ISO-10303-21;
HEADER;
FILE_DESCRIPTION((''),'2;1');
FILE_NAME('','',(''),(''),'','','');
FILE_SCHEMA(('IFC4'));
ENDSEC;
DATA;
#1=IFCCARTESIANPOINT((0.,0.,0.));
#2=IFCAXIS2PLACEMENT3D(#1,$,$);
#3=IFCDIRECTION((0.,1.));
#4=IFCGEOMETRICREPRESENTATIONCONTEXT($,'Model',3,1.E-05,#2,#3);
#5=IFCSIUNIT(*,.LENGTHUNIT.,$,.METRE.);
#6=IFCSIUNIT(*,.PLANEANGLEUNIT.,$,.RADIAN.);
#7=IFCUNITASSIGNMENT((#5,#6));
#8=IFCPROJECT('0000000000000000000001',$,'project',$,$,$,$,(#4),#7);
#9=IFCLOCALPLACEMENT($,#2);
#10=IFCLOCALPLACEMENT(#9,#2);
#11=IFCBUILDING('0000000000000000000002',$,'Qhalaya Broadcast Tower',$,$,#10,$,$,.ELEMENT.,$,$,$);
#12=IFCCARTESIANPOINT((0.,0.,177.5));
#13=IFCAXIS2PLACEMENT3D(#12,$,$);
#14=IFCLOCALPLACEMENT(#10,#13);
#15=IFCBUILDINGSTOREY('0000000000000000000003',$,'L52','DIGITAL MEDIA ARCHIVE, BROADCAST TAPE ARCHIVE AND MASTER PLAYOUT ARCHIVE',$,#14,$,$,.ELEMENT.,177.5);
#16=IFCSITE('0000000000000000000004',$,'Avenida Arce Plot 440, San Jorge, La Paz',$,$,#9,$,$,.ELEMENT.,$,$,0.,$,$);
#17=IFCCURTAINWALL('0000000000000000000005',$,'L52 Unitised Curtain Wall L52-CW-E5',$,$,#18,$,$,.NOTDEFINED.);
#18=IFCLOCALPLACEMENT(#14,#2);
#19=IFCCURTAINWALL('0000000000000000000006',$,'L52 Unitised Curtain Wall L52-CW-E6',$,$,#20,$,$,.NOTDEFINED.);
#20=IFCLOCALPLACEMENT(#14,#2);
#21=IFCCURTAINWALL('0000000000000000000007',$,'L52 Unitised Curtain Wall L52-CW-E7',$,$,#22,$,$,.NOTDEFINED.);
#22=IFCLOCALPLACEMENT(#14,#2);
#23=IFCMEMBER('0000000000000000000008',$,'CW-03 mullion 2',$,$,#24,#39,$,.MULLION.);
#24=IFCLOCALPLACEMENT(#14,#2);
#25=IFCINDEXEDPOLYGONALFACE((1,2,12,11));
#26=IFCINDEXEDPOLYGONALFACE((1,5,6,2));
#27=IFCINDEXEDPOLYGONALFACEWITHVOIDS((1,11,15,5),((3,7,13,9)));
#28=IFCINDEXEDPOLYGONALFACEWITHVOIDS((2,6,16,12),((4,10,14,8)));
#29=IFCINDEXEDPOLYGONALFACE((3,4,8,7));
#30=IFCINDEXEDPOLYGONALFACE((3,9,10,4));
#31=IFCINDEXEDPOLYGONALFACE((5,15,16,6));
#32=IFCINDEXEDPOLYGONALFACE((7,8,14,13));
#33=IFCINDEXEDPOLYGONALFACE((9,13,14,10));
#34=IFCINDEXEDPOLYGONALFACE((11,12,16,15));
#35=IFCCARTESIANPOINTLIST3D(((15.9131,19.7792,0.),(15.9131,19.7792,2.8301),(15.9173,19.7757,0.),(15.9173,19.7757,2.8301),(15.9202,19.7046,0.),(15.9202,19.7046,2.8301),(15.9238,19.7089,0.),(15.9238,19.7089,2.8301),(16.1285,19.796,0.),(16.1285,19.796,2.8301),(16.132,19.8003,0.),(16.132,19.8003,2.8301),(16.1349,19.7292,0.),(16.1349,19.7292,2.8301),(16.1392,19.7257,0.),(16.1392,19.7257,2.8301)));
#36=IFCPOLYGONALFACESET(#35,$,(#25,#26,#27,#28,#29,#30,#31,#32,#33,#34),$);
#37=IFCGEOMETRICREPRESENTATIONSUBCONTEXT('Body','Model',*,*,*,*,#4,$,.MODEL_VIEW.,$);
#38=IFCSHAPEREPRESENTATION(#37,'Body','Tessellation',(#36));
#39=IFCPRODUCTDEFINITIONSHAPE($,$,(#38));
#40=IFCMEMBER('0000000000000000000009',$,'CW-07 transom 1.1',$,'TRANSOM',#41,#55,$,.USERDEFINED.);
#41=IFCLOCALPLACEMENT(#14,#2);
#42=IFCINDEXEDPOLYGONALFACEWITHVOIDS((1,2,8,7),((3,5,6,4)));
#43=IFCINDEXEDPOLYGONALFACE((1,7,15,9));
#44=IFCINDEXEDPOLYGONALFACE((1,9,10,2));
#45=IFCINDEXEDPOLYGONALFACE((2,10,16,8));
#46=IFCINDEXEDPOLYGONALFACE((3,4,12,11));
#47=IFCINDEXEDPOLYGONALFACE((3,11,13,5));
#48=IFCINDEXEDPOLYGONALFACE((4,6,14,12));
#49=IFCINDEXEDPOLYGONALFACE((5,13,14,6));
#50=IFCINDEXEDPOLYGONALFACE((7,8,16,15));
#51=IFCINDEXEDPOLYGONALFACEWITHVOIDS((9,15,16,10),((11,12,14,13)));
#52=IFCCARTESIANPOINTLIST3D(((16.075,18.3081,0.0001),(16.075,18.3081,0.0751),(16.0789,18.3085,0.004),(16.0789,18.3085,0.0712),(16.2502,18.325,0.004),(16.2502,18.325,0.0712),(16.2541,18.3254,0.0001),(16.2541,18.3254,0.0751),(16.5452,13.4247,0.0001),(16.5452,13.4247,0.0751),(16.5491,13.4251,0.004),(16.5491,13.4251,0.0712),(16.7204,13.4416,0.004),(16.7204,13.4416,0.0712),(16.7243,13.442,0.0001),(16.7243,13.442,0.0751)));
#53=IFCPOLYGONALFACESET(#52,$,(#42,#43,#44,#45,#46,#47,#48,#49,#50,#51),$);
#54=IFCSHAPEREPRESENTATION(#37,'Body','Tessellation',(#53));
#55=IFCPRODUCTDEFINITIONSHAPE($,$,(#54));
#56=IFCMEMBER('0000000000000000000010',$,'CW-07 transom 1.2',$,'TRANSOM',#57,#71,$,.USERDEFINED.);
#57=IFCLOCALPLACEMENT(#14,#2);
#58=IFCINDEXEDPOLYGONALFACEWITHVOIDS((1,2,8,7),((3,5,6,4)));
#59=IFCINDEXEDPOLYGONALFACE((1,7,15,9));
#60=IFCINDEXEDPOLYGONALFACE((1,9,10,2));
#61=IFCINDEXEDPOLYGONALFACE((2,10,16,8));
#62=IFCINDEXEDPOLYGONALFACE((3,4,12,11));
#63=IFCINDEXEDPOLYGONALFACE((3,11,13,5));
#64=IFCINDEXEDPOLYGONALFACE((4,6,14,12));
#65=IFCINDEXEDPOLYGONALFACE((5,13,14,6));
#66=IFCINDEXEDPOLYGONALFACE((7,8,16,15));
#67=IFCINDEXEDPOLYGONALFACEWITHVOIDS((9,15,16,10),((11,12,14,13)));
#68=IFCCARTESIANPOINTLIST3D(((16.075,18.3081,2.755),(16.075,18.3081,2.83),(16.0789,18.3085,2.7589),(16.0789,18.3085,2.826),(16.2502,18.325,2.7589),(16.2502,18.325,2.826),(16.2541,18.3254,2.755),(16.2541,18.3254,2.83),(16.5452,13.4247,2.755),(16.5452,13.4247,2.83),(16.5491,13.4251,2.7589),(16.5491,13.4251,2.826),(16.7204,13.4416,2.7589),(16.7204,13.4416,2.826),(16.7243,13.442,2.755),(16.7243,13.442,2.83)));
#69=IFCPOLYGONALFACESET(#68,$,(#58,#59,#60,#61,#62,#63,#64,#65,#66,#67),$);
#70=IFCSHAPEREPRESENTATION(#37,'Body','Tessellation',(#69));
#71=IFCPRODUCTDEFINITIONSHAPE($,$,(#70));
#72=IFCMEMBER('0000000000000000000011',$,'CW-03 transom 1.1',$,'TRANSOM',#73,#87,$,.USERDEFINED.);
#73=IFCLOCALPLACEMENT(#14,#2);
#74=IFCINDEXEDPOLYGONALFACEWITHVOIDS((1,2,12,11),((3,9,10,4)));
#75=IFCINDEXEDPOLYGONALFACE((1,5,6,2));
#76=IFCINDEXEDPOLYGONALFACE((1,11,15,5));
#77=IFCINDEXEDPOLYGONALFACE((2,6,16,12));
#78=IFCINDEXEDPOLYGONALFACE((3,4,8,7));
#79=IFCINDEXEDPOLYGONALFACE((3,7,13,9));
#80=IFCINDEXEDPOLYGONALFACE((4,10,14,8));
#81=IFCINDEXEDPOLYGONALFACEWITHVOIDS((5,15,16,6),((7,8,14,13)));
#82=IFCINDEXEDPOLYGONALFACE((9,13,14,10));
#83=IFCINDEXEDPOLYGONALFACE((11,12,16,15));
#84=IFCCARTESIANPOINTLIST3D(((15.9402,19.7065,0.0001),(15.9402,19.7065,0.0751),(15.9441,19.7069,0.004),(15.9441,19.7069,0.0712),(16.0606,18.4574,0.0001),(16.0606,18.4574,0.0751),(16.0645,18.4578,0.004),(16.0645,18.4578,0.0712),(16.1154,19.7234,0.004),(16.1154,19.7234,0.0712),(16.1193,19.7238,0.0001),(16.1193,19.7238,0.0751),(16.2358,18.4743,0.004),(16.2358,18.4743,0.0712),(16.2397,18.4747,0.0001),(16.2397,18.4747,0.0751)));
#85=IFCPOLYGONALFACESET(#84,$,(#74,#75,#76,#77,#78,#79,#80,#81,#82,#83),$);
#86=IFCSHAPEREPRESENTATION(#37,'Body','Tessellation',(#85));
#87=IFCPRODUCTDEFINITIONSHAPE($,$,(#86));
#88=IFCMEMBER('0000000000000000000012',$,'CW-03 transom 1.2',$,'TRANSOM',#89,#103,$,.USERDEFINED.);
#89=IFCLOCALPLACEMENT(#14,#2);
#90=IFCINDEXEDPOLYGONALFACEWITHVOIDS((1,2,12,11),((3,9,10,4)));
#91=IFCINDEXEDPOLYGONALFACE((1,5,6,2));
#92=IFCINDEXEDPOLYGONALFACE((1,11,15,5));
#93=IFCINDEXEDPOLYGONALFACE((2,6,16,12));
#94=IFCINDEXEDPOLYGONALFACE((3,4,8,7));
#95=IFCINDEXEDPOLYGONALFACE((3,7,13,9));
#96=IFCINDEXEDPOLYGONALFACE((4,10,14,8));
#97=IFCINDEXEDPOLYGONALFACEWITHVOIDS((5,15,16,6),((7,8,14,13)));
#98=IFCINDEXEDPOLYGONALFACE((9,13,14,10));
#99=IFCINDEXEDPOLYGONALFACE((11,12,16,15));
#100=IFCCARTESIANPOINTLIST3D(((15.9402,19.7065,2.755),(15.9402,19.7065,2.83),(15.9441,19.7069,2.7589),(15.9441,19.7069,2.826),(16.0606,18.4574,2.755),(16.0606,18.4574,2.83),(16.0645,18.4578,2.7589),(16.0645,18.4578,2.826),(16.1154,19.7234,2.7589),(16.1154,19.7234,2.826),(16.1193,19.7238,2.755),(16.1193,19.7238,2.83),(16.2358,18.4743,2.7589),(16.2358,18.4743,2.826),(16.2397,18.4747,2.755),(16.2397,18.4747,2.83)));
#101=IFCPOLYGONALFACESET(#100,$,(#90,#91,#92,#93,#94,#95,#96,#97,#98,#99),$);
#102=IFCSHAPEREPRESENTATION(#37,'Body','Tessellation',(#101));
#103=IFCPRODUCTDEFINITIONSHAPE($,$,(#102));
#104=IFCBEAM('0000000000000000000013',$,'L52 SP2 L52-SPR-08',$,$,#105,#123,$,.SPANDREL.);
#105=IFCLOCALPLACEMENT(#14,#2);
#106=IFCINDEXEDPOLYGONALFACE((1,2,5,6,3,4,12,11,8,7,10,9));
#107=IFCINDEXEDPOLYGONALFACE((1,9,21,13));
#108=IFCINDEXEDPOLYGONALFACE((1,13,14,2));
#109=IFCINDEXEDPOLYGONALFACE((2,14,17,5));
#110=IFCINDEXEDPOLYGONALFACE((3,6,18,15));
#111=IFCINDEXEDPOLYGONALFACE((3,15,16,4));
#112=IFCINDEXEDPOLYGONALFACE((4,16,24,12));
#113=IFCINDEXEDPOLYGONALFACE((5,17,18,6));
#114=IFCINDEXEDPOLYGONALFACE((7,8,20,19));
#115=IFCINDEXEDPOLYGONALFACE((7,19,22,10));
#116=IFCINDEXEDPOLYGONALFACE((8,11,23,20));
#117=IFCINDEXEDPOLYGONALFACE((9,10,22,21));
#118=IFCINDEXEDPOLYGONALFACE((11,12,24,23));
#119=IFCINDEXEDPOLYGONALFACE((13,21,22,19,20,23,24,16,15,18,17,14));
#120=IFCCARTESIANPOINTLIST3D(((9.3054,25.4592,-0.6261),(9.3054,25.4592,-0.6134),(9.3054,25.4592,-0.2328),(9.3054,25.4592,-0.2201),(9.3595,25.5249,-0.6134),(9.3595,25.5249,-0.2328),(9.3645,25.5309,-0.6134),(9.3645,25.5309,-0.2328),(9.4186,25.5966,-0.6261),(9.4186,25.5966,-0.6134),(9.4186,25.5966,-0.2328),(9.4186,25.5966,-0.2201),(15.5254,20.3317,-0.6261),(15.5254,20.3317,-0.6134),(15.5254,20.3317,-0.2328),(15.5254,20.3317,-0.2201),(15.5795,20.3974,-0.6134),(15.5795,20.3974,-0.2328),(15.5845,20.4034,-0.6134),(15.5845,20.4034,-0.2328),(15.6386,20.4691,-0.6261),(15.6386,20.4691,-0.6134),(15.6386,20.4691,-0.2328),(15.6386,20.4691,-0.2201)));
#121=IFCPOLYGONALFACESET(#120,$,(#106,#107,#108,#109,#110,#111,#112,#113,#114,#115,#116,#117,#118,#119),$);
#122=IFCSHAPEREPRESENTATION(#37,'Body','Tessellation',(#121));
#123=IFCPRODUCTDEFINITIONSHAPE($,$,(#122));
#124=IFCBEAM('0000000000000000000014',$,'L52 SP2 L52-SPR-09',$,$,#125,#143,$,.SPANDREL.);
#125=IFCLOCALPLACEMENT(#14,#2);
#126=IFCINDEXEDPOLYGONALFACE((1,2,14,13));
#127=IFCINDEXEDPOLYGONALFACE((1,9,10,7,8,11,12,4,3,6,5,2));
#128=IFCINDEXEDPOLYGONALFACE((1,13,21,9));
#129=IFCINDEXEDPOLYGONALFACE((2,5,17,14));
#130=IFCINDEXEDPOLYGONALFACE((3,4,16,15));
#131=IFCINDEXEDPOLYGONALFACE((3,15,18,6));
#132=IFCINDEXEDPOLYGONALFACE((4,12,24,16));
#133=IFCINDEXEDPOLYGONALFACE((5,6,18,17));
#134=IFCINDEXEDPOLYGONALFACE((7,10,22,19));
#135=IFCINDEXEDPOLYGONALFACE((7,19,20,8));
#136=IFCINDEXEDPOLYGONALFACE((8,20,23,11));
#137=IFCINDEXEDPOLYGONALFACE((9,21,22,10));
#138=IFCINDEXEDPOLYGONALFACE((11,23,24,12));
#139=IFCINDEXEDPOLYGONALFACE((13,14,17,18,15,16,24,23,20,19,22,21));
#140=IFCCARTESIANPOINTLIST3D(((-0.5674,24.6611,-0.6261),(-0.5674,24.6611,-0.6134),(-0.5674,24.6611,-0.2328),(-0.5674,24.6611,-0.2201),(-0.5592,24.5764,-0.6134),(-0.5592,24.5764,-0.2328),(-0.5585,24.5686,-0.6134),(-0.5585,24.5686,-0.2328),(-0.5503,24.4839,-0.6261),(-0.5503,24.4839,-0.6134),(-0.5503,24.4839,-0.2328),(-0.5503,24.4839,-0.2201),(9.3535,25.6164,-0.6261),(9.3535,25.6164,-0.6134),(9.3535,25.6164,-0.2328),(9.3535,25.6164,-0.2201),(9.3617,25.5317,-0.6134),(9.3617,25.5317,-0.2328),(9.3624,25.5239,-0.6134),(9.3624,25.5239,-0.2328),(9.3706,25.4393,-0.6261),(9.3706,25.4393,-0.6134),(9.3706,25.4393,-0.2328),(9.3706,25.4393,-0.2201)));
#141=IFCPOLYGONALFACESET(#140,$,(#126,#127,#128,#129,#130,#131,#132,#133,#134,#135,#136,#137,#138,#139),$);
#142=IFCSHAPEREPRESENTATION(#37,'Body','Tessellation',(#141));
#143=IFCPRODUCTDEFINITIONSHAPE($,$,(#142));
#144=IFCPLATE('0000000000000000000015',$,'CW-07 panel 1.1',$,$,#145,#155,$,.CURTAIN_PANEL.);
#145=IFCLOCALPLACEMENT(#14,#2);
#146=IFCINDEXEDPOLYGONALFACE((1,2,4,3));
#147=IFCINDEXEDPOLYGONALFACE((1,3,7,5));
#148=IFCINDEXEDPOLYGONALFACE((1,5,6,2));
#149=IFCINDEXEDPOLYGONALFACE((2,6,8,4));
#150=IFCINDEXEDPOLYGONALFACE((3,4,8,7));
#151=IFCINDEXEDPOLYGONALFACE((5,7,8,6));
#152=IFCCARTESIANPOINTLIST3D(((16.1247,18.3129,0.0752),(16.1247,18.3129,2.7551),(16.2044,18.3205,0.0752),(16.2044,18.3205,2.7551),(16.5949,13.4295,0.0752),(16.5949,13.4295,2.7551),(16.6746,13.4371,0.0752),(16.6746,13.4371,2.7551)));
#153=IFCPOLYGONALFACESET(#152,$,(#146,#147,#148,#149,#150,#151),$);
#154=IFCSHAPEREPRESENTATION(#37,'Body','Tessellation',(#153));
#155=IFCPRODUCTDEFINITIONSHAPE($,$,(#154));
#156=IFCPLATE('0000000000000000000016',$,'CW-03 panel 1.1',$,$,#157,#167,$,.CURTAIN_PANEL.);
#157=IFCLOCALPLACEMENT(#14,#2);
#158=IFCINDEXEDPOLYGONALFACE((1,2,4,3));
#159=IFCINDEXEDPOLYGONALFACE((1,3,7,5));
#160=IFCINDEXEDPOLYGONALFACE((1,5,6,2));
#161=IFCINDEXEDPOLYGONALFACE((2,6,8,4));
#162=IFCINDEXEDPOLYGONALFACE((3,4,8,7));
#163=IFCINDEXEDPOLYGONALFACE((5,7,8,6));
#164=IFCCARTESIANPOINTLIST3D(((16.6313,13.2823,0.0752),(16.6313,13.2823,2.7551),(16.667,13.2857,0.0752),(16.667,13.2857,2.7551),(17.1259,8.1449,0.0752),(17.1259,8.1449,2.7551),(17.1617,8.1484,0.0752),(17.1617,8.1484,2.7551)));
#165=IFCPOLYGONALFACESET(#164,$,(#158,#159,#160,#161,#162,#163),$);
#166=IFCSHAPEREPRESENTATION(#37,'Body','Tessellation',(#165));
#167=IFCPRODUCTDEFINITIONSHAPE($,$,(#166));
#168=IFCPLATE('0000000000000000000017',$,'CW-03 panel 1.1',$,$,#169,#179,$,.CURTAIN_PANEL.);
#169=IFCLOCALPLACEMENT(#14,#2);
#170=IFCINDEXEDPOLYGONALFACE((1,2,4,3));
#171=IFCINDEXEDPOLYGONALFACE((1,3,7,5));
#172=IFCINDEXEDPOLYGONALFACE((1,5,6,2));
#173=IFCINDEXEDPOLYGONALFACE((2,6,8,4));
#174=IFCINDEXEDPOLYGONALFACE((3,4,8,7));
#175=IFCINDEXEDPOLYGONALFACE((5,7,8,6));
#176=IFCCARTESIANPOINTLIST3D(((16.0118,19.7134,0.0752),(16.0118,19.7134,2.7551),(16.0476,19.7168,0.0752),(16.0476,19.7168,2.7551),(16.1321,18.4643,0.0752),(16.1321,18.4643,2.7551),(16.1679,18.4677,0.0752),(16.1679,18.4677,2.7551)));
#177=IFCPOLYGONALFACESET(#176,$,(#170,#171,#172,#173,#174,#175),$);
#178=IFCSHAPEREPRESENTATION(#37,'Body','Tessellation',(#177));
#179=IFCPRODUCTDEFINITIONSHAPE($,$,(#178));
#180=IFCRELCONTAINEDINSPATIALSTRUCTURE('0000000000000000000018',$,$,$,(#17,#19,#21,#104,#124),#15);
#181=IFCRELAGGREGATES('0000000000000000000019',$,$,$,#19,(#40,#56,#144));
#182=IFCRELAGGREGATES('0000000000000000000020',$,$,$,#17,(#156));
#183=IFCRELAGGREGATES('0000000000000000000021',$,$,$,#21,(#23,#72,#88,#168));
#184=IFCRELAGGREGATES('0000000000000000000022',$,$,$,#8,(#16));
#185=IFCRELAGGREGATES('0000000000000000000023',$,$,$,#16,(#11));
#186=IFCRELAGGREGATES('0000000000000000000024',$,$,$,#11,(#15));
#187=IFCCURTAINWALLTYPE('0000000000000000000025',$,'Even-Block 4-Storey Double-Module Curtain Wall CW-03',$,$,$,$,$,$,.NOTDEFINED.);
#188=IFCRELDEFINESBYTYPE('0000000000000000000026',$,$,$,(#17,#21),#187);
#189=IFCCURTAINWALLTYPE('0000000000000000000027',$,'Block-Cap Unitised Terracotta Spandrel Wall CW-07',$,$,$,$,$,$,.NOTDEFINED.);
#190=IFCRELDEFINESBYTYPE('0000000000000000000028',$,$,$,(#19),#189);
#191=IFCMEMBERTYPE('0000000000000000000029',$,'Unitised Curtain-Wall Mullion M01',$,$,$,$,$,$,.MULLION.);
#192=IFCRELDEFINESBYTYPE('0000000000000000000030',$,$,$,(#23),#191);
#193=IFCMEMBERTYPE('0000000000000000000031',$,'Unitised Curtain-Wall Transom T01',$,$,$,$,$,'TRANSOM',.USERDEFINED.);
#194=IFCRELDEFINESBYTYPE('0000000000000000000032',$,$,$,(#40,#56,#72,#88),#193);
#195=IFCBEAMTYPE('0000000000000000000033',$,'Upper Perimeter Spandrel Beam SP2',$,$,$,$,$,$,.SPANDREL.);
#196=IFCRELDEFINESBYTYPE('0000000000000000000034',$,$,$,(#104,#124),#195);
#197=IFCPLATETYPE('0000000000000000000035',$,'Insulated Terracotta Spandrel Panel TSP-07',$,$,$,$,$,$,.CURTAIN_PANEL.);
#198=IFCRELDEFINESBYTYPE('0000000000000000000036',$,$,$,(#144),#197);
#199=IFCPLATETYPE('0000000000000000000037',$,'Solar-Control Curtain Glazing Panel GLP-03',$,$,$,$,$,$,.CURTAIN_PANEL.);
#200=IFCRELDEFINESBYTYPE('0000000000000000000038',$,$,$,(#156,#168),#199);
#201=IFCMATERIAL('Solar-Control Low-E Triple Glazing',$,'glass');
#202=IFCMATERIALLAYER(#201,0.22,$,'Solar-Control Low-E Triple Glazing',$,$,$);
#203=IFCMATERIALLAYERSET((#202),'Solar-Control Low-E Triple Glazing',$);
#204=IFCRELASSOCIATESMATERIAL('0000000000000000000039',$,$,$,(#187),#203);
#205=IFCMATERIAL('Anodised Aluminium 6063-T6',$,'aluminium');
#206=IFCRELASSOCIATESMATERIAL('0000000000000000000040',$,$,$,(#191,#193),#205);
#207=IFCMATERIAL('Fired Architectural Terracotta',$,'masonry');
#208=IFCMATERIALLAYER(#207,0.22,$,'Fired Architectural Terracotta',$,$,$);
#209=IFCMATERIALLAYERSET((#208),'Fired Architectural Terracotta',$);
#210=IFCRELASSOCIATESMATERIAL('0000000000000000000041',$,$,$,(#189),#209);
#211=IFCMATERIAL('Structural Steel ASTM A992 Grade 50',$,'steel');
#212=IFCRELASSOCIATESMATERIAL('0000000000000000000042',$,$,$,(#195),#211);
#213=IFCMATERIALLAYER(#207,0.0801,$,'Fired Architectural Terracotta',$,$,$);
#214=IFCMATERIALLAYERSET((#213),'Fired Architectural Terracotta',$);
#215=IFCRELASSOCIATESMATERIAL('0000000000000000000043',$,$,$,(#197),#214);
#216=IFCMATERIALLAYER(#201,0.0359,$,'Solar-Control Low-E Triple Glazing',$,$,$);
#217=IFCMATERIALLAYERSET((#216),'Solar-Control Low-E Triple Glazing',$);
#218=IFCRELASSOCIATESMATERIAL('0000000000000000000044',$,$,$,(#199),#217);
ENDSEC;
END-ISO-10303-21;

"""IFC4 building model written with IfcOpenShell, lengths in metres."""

from ifc_helpers import new_model, si_unit, direction, frame, origin, origin_2d, place, context, subcontext, project, spatial, rectangle, hollow_rectangle, i_section, extrude, material, layer, layer_set, material_profile, profile_set, type_object, element, aggregate, save


model = new_model("IFC4")

# Units and contexts
model_context = context("Model", 3, precision=1e-05, world=origin(), true_north=direction((0.0, 1.0)))
body_context = subcontext(model_context, "Body", "Model", "MODEL_VIEW")
ifc_project = project(units=[si_unit("LENGTHUNIT", "METRE"), si_unit("PLANEANGLEUNIT", "RADIAN")], contexts=[model_context])

# Site, building, storey
site_placement = place(None, origin())
site = spatial("IfcSite", under=ifc_project, at=site_placement, Name="Avenida Arce Plot 440, San Jorge, La Paz", CompositionType="ELEMENT", RefElevation=0.0)
building_placement = place(site_placement, origin())
building = spatial("IfcBuilding", under=site, at=building_placement, Name="Qhalaya Broadcast Tower", CompositionType="ELEMENT")
storey_placement = place(building_placement, frame((0.0, 0.0, 177.5)))
storey = spatial("IfcBuildingStorey", under=building, at=storey_placement, Name="L52", Description="DIGITAL MEDIA ARCHIVE, BROADCAST TAPE ARCHIVE AND MASTER PLAYOUT ARCHIVE", CompositionType="ELEMENT", Elevation=177.5)

# Shared definitions
ifc_material_1 = material(Name="Structural Steel ASTM A992 Grade 50", Category="steel")

# Shared definitions
ifc_material_2 = material(Name="Fired Architectural Terracotta", Category="masonry")

# Curtain wall
ifc_material_3 = material(Name="Solar-Control Low-E Triple Glazing", Category="glass")
ifc_layer_1 = layer(ifc_material_3, 0.22, Name="Solar-Control Low-E Triple Glazing")
ifc_layer_set_1 = layer_set([ifc_layer_1], Name="Solar-Control Low-E Triple Glazing")
curtain_wall_type_1 = type_object("IfcCurtainWallType", Name="Even-Block 4-Storey Double-Module Curtain Wall CW-03", PredefinedType="NOTDEFINED", material=ifc_layer_set_1)
curtain_wall_1_placement = place(storey_placement, origin())
curtain_wall_1 = element("IfcCurtainWall", 1, at=curtain_wall_1_placement, inside=storey, type_object=curtain_wall_type_1, Name="L52 Unitised Curtain Wall L52-CW-E5", PredefinedType="NOTDEFINED")
ifc_material_4 = material(Name="Anodised Aluminium 6063-T6", Category="aluminium")
ifc_material_profile_1 = material_profile(ifc_material_4, hollow_rectangle(XDim=0.075, YDim=0.22, WallThickness=0.0039, at=origin_2d()), Name="ALU-MUL 75x220x4")
ifc_profile_set_1 = profile_set([ifc_material_profile_1], Name="Anodised Aluminium 6063-T6")
member_type_1 = type_object("IfcMemberType", Name="Unitised Curtain-Wall Mullion M01", PredefinedType="MULLION", material=ifc_profile_set_1)

# Curtain walls, member
ifc_layer_2 = layer(ifc_material_2, 0.22, Name="Fired Architectural Terracotta")
ifc_layer_set_2 = layer_set([ifc_layer_2], Name="Fired Architectural Terracotta")
curtain_wall_type_2 = type_object("IfcCurtainWallType", Name="Block-Cap Unitised Terracotta Spandrel Wall CW-07", PredefinedType="NOTDEFINED", material=ifc_layer_set_2)
curtain_wall_2_placement = place(storey_placement, origin())
curtain_wall_2 = element("IfcCurtainWall", 2, at=curtain_wall_2_placement, inside=storey, type_object=curtain_wall_type_2, Name="L52 Unitised Curtain Wall L52-CW-E6", PredefinedType="NOTDEFINED")
curtain_wall_3_placement = place(storey_placement, origin())
curtain_wall_3 = element("IfcCurtainWall", 3, at=curtain_wall_3_placement, inside=storey, type_object=curtain_wall_type_1, Name="L52 Unitised Curtain Wall L52-CW-E7", PredefinedType="NOTDEFINED")
member_1_placement = place(storey_placement, frame((16.0261, 19.7524, 0.0), z_axis=(0.0, 0.0, 1.0), x_axis=(-0.095874, 0.995393, 0.0)))
member_1 = element("IfcMember", 4, at=member_1_placement, type_object=member_type_1, Name="CW-03 mullion 2", PredefinedType="MULLION", context=body_context, shape_type="SweptSolid", body=[
    extrude(hollow_rectangle(XDim=0.075, YDim=0.22, WallThickness=0.0039, at=origin_2d()), origin(), (0.0, 0.0, 1.0), 2.8301),
])

# Members
ifc_material_profile_2 = material_profile(ifc_material_4, hollow_rectangle(XDim=0.075, YDim=0.1799, WallThickness=0.0039, at=origin_2d()), Name="ALU-TRN 75x180x4")
ifc_profile_set_2 = profile_set([ifc_material_profile_2], Name="Anodised Aluminium 6063-T6")
member_type_2 = type_object("IfcMemberType", Name="Unitised Curtain-Wall Transom T01", ElementType="TRANSOM", PredefinedType="USERDEFINED", material=ifc_profile_set_2)
member_2_placement = place(storey_placement, frame((16.6348, 13.4333, 0.0376), z_axis=(-0.095847, 0.995396, 0.0), x_axis=(0.0, 0.0, 1.0)))
member_2 = element("IfcMember", 5, at=member_2_placement, type_object=member_type_2, Name="CW-07 transom 1.1", ObjectType="TRANSOM", PredefinedType="USERDEFINED", context=body_context, shape_type="SweptSolid", body=[
    extrude(hollow_rectangle(XDim=0.075, YDim=0.1799, WallThickness=0.0039, at=origin_2d()), origin(), (0.0, 0.0, 1.0), 4.906),
])
member_3_placement = place(storey_placement, frame((16.6348, 13.4333, 2.7925), z_axis=(-0.095847, 0.995396, 0.0), x_axis=(0.0, 0.0, 1.0)))
member_3 = element("IfcMember", 6, at=member_3_placement, type_object=member_type_2, Name="CW-07 transom 1.2", ObjectType="TRANSOM", PredefinedType="USERDEFINED", context=body_context, shape_type="SweptSolid", body=[
    extrude(hollow_rectangle(XDim=0.075, YDim=0.1799, WallThickness=0.0039, at=origin_2d()), origin(), (0.0, 0.0, 1.0), 4.906),
])
member_4_placement = place(storey_placement, frame((16.1501, 18.4661, 0.0376), z_axis=(-0.09592, 0.995389, 0.0), x_axis=(0.0, 0.0, 1.0)))
member_4 = element("IfcMember", 7, at=member_4_placement, type_object=member_type_2, Name="CW-03 transom 1.1", ObjectType="TRANSOM", PredefinedType="USERDEFINED", context=body_context, shape_type="SweptSolid", body=[
    extrude(hollow_rectangle(XDim=0.075, YDim=0.1799, WallThickness=0.0039, at=origin_2d()), origin(), (0.0, 0.0, 1.0), 1.2549),
])
member_5_placement = place(storey_placement, frame((16.1501, 18.4661, 2.7925), z_axis=(-0.09592, 0.995389, 0.0), x_axis=(0.0, 0.0, 1.0)))
member_5 = element("IfcMember", 8, at=member_5_placement, type_object=member_type_2, Name="CW-03 transom 1.2", ObjectType="TRANSOM", PredefinedType="USERDEFINED", context=body_context, shape_type="SweptSolid", body=[
    extrude(hollow_rectangle(XDim=0.075, YDim=0.1799, WallThickness=0.0039, at=origin_2d()), origin(), (0.0, 0.0, 1.0), 1.2549),
])

# Beams
ifc_material_profile_3 = material_profile(ifc_material_1, i_section(OverallWidth=0.178, OverallDepth=0.406, WebThickness=0.0078, FlangeThickness=0.0127, at=origin_2d()), Name="W16X40")
ifc_profile_set_3 = profile_set([ifc_material_profile_3], Name="Structural Steel ASTM A992 Grade 50")
beam_type_1 = type_object("IfcBeamType", Name="Upper Perimeter Spandrel Beam SP2", PredefinedType="SPANDREL", material=ifc_profile_set_3)
beam_1_placement = place(storey_placement, frame((15.582, 20.4004, -0.4231), z_axis=(-0.771619, 0.636085, 0.0), x_axis=(-0.636085, -0.771619, 0.0)))
element("IfcBeam", 9, at=beam_1_placement, inside=storey, type_object=beam_type_1, Name="L52 SP2 L52-SPR-08", PredefinedType="SPANDREL", context=body_context, shape_type="SweptSolid", body=[
    extrude(i_section(OverallWidth=0.178, OverallDepth=0.406, WebThickness=0.0078, FlangeThickness=0.0127, at=origin_2d()), origin(), (0.0, 0.0, 1.0), 8.061),
])
beam_2_placement = place(storey_placement, frame((9.3621, 25.5278, -0.4231), z_axis=(-0.995396, -0.095851, 0.0), x_axis=(0.095851, -0.995396, 0.0)))
element("IfcBeam", 10, at=beam_2_placement, inside=storey, type_object=beam_type_1, Name="L52 SP2 L52-SPR-09", PredefinedType="SPANDREL", context=body_context, shape_type="SweptSolid", body=[
    extrude(i_section(OverallWidth=0.178, OverallDepth=0.406, WebThickness=0.0078, FlangeThickness=0.0127, at=origin_2d()), origin(), (0.0, 0.0, 1.0), 9.9668),
])

# Plates
ifc_layer_3 = layer(ifc_material_2, 0.0801, Name="Fired Architectural Terracotta")
ifc_layer_set_3 = layer_set([ifc_layer_3], Name="Fired Architectural Terracotta")
plate_type_1 = type_object("IfcPlateType", Name="Insulated Terracotta Spandrel Panel TSP-07", PredefinedType="CURTAIN_PANEL", material=ifc_layer_set_3)
plate_1_placement = place(storey_placement, frame((16.3997, 15.875, 0.0752), z_axis=(0.0, 0.0, 1.0), x_axis=(-0.095847, 0.995396, 0.0)))
plate_1 = element("IfcPlate", 11, at=plate_1_placement, type_object=plate_type_1, Name="CW-07 panel 1.1", PredefinedType="CURTAIN_PANEL", context=body_context, shape_type="SweptSolid", body=[
    extrude(rectangle(XDim=4.906, YDim=0.0801, at=origin_2d()), origin(), (0.0, 0.0, 1.0), 2.6799),
])
aggregate(curtain_wall_2, [member_2, member_3, plate_1])
ifc_layer_4 = layer(ifc_material_3, 0.0359, Name="Solar-Control Low-E Triple Glazing")
ifc_layer_set_4 = layer_set([ifc_layer_4], Name="Solar-Control Low-E Triple Glazing")
plate_type_2 = type_object("IfcPlateType", Name="Solar-Control Curtain Glazing Panel GLP-03", PredefinedType="CURTAIN_PANEL", material=ifc_layer_set_4)
plate_2_placement = place(storey_placement, frame((16.8965, 10.7153, 0.0752), z_axis=(0.0, 0.0, 1.0), x_axis=(-0.095838, 0.995397, 0.0)))
plate_2 = element("IfcPlate", 12, at=plate_2_placement, type_object=plate_type_2, Name="CW-03 panel 1.1", PredefinedType="CURTAIN_PANEL", context=body_context, shape_type="SweptSolid", body=[
    extrude(rectangle(XDim=5.1611, YDim=0.0359, at=origin_2d()), origin(), (0.0, 0.0, 1.0), 2.6799),
])
aggregate(curtain_wall_1, [plate_2])
plate_3_placement = place(storey_placement, frame((16.0898, 19.0906, 0.0752), z_axis=(0.0, 0.0, 1.0), x_axis=(-0.095874, 0.995393, 0.0)))
plate_3 = element("IfcPlate", 13, at=plate_3_placement, type_object=plate_type_2, Name="CW-03 panel 1.1", PredefinedType="CURTAIN_PANEL", context=body_context, shape_type="SweptSolid", body=[
    extrude(rectangle(XDim=1.2549, YDim=0.0359, at=origin_2d()), origin(), (0.0, 0.0, 1.0), 2.6799),
])
aggregate(curtain_wall_3, [member_1, member_4, member_5, plate_3])

save(model, "model.ifc")
